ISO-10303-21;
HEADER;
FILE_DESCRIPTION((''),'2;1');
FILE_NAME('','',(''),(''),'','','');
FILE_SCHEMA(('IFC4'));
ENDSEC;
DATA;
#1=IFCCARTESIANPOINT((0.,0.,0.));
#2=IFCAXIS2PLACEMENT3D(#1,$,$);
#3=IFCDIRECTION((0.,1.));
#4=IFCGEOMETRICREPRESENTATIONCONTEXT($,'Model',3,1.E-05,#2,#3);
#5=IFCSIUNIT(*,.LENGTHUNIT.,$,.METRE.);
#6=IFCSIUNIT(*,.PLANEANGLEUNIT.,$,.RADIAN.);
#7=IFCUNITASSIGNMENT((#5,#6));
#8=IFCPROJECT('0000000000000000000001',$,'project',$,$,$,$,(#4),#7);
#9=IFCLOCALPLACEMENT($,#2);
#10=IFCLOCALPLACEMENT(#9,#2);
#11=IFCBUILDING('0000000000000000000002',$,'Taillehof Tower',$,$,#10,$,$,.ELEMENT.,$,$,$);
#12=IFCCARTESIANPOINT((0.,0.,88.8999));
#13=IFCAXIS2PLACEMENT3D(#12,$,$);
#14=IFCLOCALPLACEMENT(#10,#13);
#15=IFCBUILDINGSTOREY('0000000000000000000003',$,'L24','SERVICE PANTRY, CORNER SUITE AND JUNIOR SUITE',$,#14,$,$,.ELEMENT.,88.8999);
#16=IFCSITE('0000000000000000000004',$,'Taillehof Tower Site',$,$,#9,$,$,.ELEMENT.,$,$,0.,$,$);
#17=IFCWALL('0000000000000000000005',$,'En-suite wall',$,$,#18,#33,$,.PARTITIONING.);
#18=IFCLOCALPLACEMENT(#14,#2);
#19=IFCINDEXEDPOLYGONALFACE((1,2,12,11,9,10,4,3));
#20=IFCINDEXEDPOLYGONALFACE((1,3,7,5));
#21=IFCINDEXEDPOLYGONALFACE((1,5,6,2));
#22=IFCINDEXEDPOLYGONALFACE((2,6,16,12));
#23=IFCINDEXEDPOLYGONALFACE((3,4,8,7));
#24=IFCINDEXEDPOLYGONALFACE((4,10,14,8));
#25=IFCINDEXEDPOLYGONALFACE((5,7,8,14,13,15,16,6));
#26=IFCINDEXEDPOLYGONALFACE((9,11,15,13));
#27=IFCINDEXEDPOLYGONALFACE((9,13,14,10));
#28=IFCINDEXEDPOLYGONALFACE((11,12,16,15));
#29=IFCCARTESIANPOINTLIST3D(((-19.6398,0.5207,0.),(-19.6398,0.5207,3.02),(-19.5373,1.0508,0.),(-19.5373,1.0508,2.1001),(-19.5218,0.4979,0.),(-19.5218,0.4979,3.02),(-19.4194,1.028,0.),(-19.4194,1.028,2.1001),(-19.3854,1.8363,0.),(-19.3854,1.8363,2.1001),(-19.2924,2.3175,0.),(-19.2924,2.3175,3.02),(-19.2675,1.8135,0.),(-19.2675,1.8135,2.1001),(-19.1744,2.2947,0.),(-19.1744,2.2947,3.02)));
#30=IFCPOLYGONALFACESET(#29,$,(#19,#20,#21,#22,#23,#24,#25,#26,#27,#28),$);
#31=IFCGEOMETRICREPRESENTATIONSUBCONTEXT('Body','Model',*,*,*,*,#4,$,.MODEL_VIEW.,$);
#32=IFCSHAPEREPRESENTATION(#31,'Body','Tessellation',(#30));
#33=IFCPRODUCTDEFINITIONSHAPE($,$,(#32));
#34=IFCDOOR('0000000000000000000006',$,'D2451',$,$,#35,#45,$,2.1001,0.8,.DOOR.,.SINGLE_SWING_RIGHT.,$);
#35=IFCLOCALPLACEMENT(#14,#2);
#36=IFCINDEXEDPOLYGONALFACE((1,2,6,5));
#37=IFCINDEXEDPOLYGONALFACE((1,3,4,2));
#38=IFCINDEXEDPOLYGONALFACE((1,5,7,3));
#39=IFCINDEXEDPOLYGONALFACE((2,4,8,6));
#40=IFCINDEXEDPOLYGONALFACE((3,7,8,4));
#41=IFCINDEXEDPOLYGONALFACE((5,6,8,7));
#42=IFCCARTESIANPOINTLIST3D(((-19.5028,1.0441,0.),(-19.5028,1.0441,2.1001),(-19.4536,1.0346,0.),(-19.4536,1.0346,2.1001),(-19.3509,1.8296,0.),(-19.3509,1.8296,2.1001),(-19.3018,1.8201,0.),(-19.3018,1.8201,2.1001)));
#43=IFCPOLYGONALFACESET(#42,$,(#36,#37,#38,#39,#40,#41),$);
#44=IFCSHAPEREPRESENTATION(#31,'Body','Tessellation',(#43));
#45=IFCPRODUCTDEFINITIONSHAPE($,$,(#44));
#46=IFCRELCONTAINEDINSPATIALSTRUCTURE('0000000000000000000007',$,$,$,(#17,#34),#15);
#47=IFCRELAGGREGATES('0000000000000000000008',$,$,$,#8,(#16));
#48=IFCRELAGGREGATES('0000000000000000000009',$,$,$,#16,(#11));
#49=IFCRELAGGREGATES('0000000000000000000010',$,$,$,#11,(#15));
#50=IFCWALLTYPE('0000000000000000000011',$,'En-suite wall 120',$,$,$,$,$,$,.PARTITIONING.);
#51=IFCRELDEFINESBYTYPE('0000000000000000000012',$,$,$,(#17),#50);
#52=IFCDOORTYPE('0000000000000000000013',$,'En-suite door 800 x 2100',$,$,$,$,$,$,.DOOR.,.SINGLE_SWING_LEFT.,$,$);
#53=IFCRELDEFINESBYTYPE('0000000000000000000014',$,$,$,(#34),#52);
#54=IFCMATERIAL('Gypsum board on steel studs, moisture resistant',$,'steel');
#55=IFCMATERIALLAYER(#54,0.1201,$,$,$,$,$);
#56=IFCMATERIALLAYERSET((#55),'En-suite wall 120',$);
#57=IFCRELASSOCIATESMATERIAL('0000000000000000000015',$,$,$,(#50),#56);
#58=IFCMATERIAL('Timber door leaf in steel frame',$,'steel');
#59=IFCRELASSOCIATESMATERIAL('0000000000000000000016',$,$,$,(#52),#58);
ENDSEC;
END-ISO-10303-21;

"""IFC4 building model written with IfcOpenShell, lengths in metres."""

from ifc_helpers import new_model, si_unit, direction, frame, frame_2d, origin, place, context, subcontext, project, spatial, rectangle, extrude, material, layer, layer_set, type_object, element, fill, save


model = new_model("IFC4")

# Units and contexts
model_context = context("Model", 3, precision=1e-05, world=origin(), true_north=direction((0.0, 1.0)))
body_context = subcontext(model_context, "Body", "Model", "MODEL_VIEW")
ifc_project = project(units=[si_unit("LENGTHUNIT", "METRE"), si_unit("PLANEANGLEUNIT", "RADIAN")], contexts=[model_context])

# Site, building, storey
site_placement = place(None, origin())
site = spatial("IfcSite", under=ifc_project, at=site_placement, Name="Taillehof Tower Site", CompositionType="ELEMENT", RefElevation=0.0)
building_placement = place(site_placement, origin())
building = spatial("IfcBuilding", under=site, at=building_placement, Name="Taillehof Tower", CompositionType="ELEMENT")
storey_placement = place(building_placement, frame((0.0, 0.0, 88.8999)))
storey = spatial("IfcBuildingStorey", under=building, at=storey_placement, Name="L24", Description="SERVICE PANTRY, CORNER SUITE AND JUNIOR SUITE", CompositionType="ELEMENT", Elevation=88.8999)

# Shared definitions
ifc_material_1 = material(Name="Gypsum board on steel studs, moisture resistant", Category="steel")
ifc_layer_1 = layer(ifc_material_1, 0.1201)
ifc_layer_set_1 = layer_set([ifc_layer_1], Name="En-suite wall 120")
wall_type_1 = type_object("IfcWallType", Name="En-suite wall 120", PredefinedType="PARTITIONING", material=ifc_layer_set_1)

# Wall, opening, door
wall_1_placement = place(storey_placement, frame((-19.5808, 0.5093, 0.0), z_axis=(0.0, 0.0, 1.0), x_axis=(0.189827, 0.981818, 0.0)))
wall_1 = element("IfcWall", 1, at=wall_1_placement, inside=storey, type_object=wall_type_1, Name="En-suite wall", PredefinedType="PARTITIONING", context=body_context, shape_type="SweptSolid", body=[
    extrude(rectangle(XDim=1.8301, YDim=0.1201, at=frame_2d((0.915, 0.0))), origin(), (0.0, 0.0, 1.0), 3.02),
])
opening_1_placement = place(wall_1_placement, frame((0.54, 0.0, 0.0)))
opening_1 = element("IfcOpeningElement", 2, at=opening_1_placement, cuts=wall_1, PredefinedType="OPENING", context=body_context, shape_type="SweptSolid", body=[
    extrude(rectangle(XDim=0.8, YDim=2.1001, at=frame_2d((0.3999, 1.05))), frame((0.0, 0.0701, 0.0), z_axis=(0.0, -1.0, 0.0), x_axis=(1.0, 0.0, 0.0)), (0.0, 0.0, 1.0), 0.1401),
])
ifc_material_2 = material(Name="Timber door leaf in steel frame", Category="steel")
door_type_1 = type_object("IfcDoorType", Name="En-suite door 800 x 2100", OperationType="SINGLE_SWING_LEFT", PredefinedType="DOOR", material=ifc_material_2)
door_1_placement = place(opening_1_placement, origin())
door_1 = element("IfcDoor", 3, at=door_1_placement, inside=storey, type_object=door_type_1, Name="D2451", OperationType="SINGLE_SWING_RIGHT", OverallHeight=2.1001, OverallWidth=0.8, PredefinedType="DOOR", context=body_context, shape_type="SweptSolid", body=[
    extrude(rectangle(XDim=0.8, YDim=2.1001, at=frame_2d((0.3999, 1.05))), frame((0.0, 0.0249, 0.0), z_axis=(0.0, -1.0, 0.0), x_axis=(1.0, 0.0, 0.0)), (0.0, 0.0, 1.0), 0.05),
])
fill(opening_1, door_1)

save(model, "model.ifc")
